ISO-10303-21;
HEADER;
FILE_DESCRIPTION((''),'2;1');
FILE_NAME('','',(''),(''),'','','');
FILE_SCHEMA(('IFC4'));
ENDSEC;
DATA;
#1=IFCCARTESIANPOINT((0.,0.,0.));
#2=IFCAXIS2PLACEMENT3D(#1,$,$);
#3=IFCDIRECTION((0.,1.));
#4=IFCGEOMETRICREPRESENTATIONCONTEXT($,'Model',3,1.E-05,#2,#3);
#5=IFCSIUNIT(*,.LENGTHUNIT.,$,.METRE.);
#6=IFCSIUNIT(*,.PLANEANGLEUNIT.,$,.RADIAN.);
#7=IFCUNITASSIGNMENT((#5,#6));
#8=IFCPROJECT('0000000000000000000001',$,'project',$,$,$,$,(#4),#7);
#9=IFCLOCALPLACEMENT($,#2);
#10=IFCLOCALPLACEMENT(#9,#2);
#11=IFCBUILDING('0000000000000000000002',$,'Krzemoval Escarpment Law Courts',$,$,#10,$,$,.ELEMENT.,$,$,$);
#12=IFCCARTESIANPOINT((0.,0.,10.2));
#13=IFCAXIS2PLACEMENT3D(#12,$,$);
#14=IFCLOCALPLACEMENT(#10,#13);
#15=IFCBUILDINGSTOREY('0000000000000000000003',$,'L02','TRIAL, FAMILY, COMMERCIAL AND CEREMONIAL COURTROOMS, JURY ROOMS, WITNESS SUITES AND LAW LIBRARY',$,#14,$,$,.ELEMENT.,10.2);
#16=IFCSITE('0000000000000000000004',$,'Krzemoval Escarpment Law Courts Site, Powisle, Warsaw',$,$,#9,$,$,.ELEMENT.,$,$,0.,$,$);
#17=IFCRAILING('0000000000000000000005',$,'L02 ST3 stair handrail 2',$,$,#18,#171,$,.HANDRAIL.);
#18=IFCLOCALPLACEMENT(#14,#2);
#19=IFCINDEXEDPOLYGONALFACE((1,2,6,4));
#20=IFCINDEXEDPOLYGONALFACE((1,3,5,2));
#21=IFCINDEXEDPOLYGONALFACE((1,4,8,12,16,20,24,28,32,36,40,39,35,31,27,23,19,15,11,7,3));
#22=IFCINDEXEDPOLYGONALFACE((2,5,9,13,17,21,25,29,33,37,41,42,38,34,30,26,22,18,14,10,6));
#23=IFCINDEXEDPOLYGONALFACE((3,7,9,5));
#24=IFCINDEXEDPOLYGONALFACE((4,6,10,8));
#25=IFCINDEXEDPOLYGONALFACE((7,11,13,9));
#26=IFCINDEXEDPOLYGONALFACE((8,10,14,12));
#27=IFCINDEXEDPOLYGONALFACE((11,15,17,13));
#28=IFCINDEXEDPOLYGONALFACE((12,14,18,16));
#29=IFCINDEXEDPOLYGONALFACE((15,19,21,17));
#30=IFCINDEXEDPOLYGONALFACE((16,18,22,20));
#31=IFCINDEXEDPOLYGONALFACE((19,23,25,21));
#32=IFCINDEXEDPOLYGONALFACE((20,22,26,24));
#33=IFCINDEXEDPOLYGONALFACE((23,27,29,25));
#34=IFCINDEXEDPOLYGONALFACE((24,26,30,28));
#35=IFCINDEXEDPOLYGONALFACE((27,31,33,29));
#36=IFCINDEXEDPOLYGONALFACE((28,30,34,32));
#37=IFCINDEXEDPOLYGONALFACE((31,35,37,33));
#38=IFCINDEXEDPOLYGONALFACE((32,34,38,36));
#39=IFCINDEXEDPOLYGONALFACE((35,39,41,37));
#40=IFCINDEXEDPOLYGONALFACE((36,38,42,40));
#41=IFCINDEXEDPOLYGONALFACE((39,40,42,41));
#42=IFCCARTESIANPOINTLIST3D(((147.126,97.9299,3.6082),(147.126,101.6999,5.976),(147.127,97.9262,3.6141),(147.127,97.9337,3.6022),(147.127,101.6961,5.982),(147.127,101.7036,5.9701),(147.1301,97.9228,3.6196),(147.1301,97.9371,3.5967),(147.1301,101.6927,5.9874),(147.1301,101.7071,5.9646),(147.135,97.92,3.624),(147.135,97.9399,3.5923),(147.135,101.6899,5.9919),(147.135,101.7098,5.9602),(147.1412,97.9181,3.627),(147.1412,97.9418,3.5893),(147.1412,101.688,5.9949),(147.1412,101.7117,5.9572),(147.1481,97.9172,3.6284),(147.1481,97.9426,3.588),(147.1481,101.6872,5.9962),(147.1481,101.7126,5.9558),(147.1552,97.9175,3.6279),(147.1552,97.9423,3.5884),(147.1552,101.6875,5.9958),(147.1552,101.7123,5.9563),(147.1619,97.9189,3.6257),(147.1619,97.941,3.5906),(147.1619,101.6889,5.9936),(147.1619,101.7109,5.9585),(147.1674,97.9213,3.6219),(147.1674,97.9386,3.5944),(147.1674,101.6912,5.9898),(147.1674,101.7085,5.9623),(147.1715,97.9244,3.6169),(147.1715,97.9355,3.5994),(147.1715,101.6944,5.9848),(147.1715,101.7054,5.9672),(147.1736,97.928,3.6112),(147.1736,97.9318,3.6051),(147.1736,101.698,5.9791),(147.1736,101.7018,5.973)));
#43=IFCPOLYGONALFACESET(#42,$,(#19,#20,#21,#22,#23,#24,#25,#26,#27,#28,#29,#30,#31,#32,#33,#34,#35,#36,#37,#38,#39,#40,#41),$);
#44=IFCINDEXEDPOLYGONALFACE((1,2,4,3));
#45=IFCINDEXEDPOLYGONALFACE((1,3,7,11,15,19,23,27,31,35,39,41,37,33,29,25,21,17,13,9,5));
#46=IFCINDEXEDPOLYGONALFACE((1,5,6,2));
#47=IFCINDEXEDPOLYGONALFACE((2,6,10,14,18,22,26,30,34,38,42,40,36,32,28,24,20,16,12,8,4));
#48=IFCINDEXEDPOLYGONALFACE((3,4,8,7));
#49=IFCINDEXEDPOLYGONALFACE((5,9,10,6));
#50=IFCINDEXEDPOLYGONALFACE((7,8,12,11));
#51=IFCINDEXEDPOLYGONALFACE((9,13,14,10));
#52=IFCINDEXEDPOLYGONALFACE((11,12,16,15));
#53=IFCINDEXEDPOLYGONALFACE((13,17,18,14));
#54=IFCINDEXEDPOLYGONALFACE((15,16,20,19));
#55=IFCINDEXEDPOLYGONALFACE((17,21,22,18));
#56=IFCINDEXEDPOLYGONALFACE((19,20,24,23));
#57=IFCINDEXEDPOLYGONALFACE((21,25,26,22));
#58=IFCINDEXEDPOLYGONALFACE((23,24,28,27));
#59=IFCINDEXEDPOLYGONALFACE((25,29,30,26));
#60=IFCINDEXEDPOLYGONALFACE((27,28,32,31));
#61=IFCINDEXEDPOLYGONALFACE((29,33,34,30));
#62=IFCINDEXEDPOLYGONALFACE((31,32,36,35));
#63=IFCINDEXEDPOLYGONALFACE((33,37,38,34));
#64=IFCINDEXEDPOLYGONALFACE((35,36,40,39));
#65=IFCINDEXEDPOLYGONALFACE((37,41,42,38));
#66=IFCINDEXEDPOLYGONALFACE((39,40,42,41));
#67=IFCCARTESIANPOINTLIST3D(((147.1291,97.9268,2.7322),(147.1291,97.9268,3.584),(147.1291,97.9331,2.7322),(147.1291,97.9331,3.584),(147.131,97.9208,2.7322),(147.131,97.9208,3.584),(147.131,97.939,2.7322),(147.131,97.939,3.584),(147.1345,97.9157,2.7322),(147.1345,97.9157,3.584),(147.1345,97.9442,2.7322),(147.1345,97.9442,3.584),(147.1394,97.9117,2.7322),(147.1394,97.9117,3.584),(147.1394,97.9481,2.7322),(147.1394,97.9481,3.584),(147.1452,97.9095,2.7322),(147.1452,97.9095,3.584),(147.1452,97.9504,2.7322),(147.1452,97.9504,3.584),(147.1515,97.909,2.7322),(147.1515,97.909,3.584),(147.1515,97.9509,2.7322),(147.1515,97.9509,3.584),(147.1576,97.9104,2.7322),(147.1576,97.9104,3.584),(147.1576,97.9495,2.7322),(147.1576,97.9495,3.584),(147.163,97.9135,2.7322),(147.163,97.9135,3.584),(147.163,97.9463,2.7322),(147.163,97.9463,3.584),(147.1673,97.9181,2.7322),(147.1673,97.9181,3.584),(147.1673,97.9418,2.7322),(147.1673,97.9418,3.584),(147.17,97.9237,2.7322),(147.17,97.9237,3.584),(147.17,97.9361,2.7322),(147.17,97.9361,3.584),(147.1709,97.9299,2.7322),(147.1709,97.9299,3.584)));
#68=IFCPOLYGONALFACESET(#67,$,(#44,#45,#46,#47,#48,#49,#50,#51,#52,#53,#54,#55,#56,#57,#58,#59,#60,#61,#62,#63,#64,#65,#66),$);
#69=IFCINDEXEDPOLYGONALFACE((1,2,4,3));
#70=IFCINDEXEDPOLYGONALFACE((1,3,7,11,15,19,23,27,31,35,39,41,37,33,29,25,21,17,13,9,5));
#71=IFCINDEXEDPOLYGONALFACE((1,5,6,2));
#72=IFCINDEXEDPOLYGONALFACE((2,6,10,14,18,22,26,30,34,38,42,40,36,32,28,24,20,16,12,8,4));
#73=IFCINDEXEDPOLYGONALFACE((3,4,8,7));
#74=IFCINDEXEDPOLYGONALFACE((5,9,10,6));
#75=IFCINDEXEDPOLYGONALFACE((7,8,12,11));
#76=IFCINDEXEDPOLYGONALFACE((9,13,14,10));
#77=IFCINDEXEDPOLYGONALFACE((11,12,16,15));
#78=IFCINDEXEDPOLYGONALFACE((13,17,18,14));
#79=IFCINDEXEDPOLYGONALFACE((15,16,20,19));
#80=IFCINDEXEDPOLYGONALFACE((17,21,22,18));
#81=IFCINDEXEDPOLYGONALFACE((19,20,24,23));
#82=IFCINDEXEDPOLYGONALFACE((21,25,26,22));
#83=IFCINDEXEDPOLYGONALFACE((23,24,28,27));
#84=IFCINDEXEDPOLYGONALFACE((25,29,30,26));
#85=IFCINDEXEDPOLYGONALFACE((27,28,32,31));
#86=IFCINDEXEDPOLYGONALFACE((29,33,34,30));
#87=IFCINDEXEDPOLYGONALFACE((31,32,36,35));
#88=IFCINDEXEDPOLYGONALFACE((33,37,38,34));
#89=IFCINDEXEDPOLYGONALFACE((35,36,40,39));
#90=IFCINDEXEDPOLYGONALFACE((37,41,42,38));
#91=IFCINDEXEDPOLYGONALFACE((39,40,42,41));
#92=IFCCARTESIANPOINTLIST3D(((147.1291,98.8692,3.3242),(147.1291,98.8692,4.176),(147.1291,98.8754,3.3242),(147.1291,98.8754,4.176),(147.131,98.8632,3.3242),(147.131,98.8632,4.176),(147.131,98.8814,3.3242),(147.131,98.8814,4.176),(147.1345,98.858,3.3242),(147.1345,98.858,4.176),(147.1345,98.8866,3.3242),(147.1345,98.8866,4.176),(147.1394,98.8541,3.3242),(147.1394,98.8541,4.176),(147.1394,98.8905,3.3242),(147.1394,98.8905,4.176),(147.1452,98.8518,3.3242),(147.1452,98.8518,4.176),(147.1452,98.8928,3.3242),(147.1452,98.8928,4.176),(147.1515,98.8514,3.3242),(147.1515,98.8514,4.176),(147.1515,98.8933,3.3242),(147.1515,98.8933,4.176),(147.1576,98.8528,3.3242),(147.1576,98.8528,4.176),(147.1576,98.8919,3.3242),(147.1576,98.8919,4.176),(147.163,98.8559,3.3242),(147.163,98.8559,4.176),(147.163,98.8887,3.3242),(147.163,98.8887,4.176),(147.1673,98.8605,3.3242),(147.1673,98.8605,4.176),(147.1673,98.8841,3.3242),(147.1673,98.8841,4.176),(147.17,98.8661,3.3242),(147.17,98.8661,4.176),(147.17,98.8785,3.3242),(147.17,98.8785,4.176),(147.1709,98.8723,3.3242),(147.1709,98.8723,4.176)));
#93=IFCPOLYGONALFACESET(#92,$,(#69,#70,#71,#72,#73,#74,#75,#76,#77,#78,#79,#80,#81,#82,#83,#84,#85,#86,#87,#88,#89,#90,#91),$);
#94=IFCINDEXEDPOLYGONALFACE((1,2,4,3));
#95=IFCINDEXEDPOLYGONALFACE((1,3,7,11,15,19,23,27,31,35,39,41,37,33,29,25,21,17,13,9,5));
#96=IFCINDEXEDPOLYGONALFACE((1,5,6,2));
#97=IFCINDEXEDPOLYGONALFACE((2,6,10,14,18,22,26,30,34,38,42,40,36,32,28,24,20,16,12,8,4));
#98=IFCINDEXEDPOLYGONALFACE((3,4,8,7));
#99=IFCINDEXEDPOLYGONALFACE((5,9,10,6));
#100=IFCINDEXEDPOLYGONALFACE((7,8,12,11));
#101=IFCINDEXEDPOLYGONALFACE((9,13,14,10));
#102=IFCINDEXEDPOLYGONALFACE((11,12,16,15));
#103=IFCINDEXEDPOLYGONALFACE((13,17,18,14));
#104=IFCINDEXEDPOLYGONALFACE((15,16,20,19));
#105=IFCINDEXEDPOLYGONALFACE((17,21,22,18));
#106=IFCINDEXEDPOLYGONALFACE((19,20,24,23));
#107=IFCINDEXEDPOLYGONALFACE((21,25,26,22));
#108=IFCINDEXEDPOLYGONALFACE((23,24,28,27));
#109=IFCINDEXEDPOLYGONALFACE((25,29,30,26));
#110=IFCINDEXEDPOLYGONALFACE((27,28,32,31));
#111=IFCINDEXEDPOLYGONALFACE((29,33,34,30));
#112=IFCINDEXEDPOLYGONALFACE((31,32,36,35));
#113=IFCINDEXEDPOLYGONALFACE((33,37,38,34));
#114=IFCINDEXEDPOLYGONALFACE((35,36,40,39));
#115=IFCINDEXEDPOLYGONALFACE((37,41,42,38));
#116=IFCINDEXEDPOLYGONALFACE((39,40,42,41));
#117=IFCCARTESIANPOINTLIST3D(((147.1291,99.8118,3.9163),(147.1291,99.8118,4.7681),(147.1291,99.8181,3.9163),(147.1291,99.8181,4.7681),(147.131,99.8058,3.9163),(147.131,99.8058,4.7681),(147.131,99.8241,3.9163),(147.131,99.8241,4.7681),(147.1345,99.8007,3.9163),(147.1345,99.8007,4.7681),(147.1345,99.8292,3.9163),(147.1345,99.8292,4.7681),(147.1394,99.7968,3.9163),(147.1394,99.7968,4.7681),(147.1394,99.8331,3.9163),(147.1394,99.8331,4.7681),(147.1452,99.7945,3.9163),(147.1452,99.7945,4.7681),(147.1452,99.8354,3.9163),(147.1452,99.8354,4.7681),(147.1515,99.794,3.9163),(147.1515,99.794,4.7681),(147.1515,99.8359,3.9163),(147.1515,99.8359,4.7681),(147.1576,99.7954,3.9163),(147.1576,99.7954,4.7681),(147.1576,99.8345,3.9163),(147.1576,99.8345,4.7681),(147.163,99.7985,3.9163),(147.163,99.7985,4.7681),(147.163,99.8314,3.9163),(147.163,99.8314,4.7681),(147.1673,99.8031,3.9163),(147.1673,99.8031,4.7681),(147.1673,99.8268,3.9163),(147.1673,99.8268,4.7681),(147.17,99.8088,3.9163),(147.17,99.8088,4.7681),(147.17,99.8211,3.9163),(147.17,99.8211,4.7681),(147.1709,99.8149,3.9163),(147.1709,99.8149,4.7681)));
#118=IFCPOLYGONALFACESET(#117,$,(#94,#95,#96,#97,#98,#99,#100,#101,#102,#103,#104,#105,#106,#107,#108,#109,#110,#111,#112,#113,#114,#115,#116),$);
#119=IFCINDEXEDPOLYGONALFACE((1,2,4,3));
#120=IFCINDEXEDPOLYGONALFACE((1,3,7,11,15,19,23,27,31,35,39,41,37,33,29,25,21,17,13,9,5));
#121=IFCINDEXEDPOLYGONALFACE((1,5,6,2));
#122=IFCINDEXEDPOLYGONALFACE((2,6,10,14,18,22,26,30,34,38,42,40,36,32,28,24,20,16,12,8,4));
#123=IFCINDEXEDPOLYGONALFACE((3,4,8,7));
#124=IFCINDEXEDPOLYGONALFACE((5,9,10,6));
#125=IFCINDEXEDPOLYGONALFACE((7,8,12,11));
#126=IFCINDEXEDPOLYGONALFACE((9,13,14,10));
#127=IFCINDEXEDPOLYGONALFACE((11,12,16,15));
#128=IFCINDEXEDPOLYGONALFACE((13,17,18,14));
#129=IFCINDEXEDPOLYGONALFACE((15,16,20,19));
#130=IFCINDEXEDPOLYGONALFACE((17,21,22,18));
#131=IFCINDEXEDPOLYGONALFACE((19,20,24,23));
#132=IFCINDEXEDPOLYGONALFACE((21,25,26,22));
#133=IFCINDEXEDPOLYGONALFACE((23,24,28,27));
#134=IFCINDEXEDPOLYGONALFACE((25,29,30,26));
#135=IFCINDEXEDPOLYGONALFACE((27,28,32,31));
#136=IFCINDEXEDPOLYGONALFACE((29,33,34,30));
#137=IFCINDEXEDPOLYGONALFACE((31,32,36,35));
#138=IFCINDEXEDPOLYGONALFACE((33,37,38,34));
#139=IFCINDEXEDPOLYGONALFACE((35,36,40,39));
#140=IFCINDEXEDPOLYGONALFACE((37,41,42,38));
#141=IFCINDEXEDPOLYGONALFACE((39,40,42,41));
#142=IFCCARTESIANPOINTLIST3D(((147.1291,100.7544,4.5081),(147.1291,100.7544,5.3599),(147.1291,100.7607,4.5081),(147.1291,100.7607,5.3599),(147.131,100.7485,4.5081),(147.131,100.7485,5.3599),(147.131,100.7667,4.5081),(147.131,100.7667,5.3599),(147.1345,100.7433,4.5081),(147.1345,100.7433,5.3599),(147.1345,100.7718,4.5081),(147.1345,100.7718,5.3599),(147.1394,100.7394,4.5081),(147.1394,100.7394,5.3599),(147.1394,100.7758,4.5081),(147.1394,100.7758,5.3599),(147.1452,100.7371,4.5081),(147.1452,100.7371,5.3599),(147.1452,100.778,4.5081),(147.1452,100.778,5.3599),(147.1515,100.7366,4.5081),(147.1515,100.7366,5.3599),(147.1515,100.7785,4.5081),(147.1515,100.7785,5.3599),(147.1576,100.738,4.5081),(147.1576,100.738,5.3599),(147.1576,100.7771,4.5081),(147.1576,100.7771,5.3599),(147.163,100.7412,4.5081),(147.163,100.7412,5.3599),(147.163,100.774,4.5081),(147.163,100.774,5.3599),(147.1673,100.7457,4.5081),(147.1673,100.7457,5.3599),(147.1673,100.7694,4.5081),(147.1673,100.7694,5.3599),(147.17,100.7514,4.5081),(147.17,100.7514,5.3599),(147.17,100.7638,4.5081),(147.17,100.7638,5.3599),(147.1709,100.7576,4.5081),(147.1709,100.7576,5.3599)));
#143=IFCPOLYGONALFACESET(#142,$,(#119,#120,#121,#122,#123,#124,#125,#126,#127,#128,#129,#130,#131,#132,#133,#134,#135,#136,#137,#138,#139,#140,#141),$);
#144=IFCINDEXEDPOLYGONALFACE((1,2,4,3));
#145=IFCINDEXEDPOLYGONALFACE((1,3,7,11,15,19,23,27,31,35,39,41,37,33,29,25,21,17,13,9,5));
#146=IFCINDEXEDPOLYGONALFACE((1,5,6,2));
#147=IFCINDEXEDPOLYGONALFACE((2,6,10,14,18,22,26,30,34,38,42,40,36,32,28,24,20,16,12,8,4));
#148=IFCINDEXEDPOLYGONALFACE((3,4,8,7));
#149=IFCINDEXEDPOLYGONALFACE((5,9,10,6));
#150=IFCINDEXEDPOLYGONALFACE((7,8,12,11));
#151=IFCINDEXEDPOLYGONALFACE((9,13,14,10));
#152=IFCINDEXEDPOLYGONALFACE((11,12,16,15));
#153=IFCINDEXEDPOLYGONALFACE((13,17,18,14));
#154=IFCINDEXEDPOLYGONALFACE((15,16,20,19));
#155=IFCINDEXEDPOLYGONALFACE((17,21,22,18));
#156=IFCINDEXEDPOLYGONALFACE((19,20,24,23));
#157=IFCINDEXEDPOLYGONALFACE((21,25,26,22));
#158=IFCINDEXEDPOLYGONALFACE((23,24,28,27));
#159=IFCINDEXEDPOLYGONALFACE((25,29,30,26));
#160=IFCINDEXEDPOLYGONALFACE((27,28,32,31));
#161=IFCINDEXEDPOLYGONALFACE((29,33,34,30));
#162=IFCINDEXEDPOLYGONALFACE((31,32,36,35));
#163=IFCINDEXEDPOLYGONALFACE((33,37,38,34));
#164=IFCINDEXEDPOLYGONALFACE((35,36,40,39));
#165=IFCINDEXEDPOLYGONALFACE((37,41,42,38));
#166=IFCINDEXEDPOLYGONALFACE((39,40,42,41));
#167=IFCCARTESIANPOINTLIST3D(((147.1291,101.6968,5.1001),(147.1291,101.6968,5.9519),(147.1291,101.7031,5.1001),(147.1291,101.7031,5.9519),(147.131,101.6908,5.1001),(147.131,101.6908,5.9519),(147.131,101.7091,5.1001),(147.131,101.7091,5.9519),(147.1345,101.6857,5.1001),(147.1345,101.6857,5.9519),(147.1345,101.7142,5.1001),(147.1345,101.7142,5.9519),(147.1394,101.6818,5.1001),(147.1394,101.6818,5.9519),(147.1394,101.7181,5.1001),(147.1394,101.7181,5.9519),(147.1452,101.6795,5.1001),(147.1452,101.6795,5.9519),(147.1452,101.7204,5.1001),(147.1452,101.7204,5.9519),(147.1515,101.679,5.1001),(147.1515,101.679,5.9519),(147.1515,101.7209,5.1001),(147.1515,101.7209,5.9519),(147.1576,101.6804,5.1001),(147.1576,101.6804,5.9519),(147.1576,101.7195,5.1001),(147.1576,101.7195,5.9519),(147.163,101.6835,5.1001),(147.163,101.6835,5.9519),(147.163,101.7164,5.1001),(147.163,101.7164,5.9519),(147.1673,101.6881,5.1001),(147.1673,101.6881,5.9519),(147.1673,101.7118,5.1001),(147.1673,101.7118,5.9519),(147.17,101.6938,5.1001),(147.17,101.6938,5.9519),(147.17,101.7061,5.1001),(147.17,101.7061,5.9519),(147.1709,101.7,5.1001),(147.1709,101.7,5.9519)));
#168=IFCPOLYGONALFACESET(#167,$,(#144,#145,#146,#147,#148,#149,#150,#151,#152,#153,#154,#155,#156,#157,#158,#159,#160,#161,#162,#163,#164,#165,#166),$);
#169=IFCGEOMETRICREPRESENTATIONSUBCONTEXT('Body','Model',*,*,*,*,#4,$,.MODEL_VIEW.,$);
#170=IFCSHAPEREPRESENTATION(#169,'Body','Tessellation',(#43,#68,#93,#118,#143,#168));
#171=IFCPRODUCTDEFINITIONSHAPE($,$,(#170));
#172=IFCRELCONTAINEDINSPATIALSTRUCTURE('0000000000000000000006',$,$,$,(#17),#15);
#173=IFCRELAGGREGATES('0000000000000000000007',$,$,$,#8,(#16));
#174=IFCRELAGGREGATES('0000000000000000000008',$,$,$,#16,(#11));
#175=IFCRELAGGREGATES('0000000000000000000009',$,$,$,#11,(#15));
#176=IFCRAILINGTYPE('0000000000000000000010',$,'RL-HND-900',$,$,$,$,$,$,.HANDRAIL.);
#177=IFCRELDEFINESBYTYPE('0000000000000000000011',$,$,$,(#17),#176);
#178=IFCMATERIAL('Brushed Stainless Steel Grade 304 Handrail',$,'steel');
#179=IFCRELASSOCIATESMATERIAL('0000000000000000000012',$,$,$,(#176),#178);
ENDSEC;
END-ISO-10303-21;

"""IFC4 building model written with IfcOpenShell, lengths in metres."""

from ifc_helpers import new_model, si_unit, direction, frame, origin, origin_2d, place, context, subcontext, project, spatial, circle, extrude, material, type_object, element, save


model = new_model("IFC4")

# Units and contexts
model_context = context("Model", 3, precision=1e-05, world=origin(), true_north=direction((0.0, 1.0)))
body_context = subcontext(model_context, "Body", "Model", "MODEL_VIEW")
ifc_project = project(units=[si_unit("LENGTHUNIT", "METRE"), si_unit("PLANEANGLEUNIT", "RADIAN")], contexts=[model_context])

# Site, building, storey
site_placement = place(None, origin())
site = spatial("IfcSite", under=ifc_project, at=site_placement, Name="Krzemoval Escarpment Law Courts Site, Powisle, Warsaw", CompositionType="ELEMENT", RefElevation=0.0)
building_placement = place(site_placement, origin())
building = spatial("IfcBuilding", under=site, at=building_placement, Name="Krzemoval Escarpment Law Courts", CompositionType="ELEMENT")
storey_placement = place(building_placement, frame((0.0, 0.0, 10.2)))
storey = spatial("IfcBuildingStorey", under=building, at=storey_placement, Name="L02", Description="TRIAL, FAMILY, COMMERCIAL AND CEREMONIAL COURTROOMS, JURY ROOMS, WITNESS SUITES AND LAW LIBRARY", CompositionType="ELEMENT", Elevation=10.2)

# Railing
ifc_material_1 = material(Name="Brushed Stainless Steel Grade 304 Handrail", Category="steel")
railing_type_1 = type_object("IfcRailingType", Name="RL-HND-900", PredefinedType="HANDRAIL", material=ifc_material_1)
railing_1_placement = place(storey_placement, frame((147.1499, 97.9299, 2.7322)))
element("IfcRailing", 1, at=railing_1_placement, inside=storey, type_object=railing_type_1, Name="L02 ST3 stair handrail 2", PredefinedType="HANDRAIL", context=body_context, shape_type="SweptSolid", body=[
    extrude(circle(Radius=0.0239, at=origin_2d()), frame((0.0, 0.0, 0.876), z_axis=(0.0, 0.846819, 0.531881), x_axis=(-1.0, 0.0, 0.0)), (0.0, 0.0, 1.0), 4.4519),
    extrude(circle(Radius=0.021, at=origin_2d()), origin(), (0.0, 0.0, 1.0), 0.8518),
    extrude(circle(Radius=0.021, at=origin_2d()), frame((0.0, 0.9424, 0.592)), (0.0, 0.0, 1.0), 0.8518),
    extrude(circle(Radius=0.021, at=origin_2d()), frame((0.0, 1.885, 1.1841)), (0.0, 0.0, 1.0), 0.8518),
    extrude(circle(Radius=0.021, at=origin_2d()), frame((0.0, 2.8276, 1.7759)), (0.0, 0.0, 1.0), 0.8518),
    extrude(circle(Radius=0.021, at=origin_2d()), frame((0.0, 3.77, 2.3679)), (0.0, 0.0, 1.0), 0.8518),
])

save(model, "model.ifc")
